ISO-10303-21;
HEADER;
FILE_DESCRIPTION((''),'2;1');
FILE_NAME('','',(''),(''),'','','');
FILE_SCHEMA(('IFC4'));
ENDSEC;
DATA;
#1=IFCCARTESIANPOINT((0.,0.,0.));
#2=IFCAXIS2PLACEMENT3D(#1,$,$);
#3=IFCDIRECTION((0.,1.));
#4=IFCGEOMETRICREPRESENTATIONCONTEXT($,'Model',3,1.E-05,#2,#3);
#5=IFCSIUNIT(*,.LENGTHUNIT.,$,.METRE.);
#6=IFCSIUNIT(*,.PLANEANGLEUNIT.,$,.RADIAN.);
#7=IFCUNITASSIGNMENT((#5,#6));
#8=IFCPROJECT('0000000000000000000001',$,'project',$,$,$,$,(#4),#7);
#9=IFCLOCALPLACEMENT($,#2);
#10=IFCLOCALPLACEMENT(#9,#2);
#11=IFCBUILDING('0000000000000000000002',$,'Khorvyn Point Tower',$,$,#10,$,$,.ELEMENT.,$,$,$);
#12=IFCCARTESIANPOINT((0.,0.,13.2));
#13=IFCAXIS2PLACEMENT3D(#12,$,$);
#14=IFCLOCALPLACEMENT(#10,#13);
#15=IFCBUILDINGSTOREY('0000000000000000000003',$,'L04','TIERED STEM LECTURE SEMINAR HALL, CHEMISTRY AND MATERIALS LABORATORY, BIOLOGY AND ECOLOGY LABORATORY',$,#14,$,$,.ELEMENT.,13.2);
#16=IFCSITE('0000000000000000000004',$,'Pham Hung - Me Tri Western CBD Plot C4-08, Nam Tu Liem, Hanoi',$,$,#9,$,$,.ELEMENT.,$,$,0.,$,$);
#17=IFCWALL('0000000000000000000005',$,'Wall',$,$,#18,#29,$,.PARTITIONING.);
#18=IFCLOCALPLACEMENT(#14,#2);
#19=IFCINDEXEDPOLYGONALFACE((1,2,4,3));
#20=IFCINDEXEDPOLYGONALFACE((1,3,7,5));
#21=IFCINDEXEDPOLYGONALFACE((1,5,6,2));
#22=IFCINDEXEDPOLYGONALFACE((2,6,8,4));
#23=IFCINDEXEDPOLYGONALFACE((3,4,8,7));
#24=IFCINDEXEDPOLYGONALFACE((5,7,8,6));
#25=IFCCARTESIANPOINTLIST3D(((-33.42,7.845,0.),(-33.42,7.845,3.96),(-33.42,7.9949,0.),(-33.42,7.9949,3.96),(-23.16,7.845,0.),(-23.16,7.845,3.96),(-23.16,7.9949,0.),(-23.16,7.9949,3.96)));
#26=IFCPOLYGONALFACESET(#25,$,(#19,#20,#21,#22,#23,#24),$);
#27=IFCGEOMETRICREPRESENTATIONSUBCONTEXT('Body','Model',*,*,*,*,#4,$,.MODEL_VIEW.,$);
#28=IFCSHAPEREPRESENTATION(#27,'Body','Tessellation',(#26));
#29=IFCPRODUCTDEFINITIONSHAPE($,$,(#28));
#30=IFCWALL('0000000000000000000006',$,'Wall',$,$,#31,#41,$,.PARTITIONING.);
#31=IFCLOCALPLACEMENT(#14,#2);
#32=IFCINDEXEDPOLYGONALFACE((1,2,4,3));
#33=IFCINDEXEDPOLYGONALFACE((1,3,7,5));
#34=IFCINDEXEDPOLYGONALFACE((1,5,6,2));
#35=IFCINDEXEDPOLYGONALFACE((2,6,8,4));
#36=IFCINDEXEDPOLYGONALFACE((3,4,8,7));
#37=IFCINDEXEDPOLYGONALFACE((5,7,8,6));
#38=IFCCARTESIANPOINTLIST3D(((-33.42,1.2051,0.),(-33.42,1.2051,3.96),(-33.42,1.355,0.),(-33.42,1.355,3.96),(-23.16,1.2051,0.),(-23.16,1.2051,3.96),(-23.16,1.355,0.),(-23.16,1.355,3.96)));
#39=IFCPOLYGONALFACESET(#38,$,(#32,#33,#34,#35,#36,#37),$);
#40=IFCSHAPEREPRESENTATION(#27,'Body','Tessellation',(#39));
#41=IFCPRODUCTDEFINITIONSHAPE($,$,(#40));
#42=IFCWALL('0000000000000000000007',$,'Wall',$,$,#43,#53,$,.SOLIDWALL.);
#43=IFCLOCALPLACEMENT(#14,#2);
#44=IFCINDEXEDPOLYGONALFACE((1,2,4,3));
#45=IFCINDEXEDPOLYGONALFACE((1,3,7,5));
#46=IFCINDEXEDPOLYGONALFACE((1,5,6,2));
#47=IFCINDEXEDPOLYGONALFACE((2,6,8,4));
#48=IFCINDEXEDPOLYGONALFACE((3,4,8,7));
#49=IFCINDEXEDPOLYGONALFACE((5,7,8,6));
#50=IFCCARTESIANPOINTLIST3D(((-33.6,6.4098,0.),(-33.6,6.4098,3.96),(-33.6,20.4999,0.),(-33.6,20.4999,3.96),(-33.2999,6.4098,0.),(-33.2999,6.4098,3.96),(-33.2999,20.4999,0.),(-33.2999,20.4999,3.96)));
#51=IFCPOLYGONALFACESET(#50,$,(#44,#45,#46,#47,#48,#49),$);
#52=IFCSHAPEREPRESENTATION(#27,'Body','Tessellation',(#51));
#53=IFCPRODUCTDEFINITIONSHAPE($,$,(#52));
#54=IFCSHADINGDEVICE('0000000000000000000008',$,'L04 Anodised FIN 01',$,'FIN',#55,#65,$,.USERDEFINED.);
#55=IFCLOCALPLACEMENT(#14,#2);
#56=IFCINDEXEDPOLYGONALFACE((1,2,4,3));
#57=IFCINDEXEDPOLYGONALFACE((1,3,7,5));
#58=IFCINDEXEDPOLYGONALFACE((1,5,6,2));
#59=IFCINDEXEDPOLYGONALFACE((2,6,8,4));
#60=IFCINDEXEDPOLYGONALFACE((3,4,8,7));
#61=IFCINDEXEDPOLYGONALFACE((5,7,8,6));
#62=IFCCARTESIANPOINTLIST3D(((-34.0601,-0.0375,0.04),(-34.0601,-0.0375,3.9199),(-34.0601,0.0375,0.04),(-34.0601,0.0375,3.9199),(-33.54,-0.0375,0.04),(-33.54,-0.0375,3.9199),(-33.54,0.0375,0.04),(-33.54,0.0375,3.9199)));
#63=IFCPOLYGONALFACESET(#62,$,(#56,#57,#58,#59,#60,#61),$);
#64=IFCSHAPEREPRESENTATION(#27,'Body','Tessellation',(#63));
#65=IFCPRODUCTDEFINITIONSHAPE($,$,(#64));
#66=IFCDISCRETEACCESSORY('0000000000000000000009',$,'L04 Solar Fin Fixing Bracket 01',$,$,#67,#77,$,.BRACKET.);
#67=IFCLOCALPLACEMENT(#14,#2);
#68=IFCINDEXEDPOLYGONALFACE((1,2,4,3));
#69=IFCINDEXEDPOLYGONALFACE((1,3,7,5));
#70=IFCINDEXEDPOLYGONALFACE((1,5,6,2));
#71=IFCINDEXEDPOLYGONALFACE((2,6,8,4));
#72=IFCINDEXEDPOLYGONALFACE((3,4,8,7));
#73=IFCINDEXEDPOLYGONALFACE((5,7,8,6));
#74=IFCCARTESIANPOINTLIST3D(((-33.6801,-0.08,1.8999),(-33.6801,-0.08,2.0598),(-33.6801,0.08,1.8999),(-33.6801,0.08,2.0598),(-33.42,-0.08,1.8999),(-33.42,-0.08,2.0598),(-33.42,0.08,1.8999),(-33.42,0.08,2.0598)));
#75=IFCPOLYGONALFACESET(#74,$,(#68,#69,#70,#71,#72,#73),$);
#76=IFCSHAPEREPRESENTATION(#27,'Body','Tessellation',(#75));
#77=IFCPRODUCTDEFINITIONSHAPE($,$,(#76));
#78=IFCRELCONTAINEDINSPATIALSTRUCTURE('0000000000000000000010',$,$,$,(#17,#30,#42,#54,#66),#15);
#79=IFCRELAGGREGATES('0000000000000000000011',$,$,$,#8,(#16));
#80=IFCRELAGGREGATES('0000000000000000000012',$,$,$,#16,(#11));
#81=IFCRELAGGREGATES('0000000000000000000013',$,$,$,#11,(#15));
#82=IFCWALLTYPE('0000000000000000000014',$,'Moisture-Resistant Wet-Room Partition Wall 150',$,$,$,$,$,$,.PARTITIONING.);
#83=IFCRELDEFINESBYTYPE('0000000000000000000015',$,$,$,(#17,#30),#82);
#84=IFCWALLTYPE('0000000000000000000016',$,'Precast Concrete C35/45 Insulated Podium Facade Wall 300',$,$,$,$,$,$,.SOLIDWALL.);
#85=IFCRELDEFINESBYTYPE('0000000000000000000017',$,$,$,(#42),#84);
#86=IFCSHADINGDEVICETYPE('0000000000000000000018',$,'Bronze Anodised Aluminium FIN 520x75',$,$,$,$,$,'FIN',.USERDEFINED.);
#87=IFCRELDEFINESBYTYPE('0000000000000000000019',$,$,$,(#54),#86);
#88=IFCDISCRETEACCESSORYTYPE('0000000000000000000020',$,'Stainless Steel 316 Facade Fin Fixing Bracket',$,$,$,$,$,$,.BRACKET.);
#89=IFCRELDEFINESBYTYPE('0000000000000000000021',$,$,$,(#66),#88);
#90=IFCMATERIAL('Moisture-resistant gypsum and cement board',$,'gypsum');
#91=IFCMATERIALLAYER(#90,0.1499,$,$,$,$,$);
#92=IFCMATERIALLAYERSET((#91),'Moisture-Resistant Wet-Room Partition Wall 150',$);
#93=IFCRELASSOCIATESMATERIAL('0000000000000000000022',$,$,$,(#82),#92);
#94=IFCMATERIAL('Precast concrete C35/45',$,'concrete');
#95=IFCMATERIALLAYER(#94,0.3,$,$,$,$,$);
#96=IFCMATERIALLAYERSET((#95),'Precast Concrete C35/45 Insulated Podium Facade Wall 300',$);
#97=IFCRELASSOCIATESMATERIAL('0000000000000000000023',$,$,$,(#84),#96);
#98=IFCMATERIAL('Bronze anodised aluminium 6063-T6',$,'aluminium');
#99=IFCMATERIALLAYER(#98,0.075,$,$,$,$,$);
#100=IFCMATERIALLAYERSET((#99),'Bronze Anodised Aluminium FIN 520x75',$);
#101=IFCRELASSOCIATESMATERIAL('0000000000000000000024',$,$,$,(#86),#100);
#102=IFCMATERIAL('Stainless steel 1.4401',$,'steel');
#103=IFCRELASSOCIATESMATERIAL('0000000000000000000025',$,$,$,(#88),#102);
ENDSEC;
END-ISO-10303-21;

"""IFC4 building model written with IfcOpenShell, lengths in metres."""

from ifc_helpers import new_model, si_unit, direction, frame, frame_2d, origin, origin_2d, place, context, subcontext, project, spatial, rectangle, extrude, material, layer, layer_set, type_object, element, save


model = new_model("IFC4")

# Units and contexts
model_context = context("Model", 3, precision=1e-05, world=origin(), true_north=direction((0.0, 1.0)))
body_context = subcontext(model_context, "Body", "Model", "MODEL_VIEW")
ifc_project = project(units=[si_unit("LENGTHUNIT", "METRE"), si_unit("PLANEANGLEUNIT", "RADIAN")], contexts=[model_context])

# Site, building, storey
site_placement = place(None, origin())
site = spatial("IfcSite", under=ifc_project, at=site_placement, Name="Pham Hung - Me Tri Western CBD Plot C4-08, Nam Tu Liem, Hanoi", CompositionType="ELEMENT", RefElevation=0.0)
building_placement = place(site_placement, origin())
building = spatial("IfcBuilding", under=site, at=building_placement, Name="Khorvyn Point Tower", CompositionType="ELEMENT")
storey_placement = place(building_placement, frame((0.0, 0.0, 13.2)))
storey = spatial("IfcBuildingStorey", under=building, at=storey_placement, Name="L04", Description="TIERED STEM LECTURE SEMINAR HALL, CHEMISTRY AND MATERIALS LABORATORY, BIOLOGY AND ECOLOGY LABORATORY", CompositionType="ELEMENT", Elevation=13.2)

# Walls
ifc_material_1 = material(Name="Moisture-resistant gypsum and cement board", Category="gypsum")
ifc_layer_1 = layer(ifc_material_1, 0.1499)
ifc_layer_set_1 = layer_set([ifc_layer_1], Name="Moisture-Resistant Wet-Room Partition Wall 150")
wall_type_1 = type_object("IfcWallType", Name="Moisture-Resistant Wet-Room Partition Wall 150", PredefinedType="PARTITIONING", material=ifc_layer_set_1)
for number, where, z_axis, x_axis, name in (
    (1, (-33.4199, 7.9199, 0.0), (0.0, 0.0, 1.0), (1.0, 0.0, 0.0), "Wall"),
    (2, (-33.4199, 1.28, 0.0), (0.0, 0.0, 1.0), (1.0, 0.0, 0.0), "Wall"),
):
    element("IfcWall", number, at=place(storey_placement, frame(where, z_axis=z_axis, x_axis=x_axis)), inside=storey, type_object=wall_type_1, Name=name, PredefinedType="PARTITIONING", context=body_context, shape_type="SweptSolid", body=[
        extrude(rectangle(XDim=10.26, YDim=0.1499, at=frame_2d((5.1299, 0.0))), origin(), (0.0, 0.0, 1.0), 3.96),
    ])
ifc_material_2 = material(Name="Precast concrete C35/45", Category="concrete")
ifc_layer_2 = layer(ifc_material_2, 0.3)
ifc_layer_set_2 = layer_set([ifc_layer_2], Name="Precast Concrete C35/45 Insulated Podium Facade Wall 300")
wall_type_2 = type_object("IfcWallType", Name="Precast Concrete C35/45 Insulated Podium Facade Wall 300", PredefinedType="SOLIDWALL", material=ifc_layer_set_2)
wall_1_placement = place(storey_placement, frame((-33.45, 6.4099, 0.0), z_axis=(0.0, 0.0, 1.0), x_axis=(0.0, 1.0, 0.0)))
element("IfcWall", 3, at=wall_1_placement, inside=storey, type_object=wall_type_2, Name="Wall", PredefinedType="SOLIDWALL", context=body_context, shape_type="SweptSolid", body=[
    extrude(rectangle(XDim=14.0901, YDim=0.3, at=frame_2d((7.0449, 0.0))), origin(), (0.0, 0.0, 1.0), 3.96),
])

# Shading device
ifc_material_3 = material(Name="Bronze anodised aluminium 6063-T6", Category="aluminium")
ifc_layer_3 = layer(ifc_material_3, 0.075)
ifc_layer_set_3 = layer_set([ifc_layer_3], Name="Bronze Anodised Aluminium FIN 520x75")
shading_device_type = type_object("IfcShadingDeviceType", Name="Bronze Anodised Aluminium FIN 520x75", ElementType="FIN", PredefinedType="USERDEFINED", material=ifc_layer_set_3)
shading_device_placement = place(storey_placement, frame((-33.8, 0.0, 0.04), z_axis=(0.0, 0.0, 1.0), x_axis=(-1.0, 0.0, 0.0)))
element("IfcShadingDevice", 4, at=shading_device_placement, inside=storey, type_object=shading_device_type, Name="L04 Anodised FIN 01", ObjectType="FIN", PredefinedType="USERDEFINED", context=body_context, shape_type="SweptSolid", body=[
    extrude(rectangle(XDim=0.52, YDim=0.075, at=origin_2d()), origin(), (0.0, 0.0, 1.0), 3.8799),
])

# Discrete accessory
ifc_material_4 = material(Name="Stainless steel 1.4401", Category="steel")
discrete_accessory_type = type_object("IfcDiscreteAccessoryType", Name="Stainless Steel 316 Facade Fin Fixing Bracket", PredefinedType="BRACKET", material=ifc_material_4)
discrete_accessory_placement = place(storey_placement, frame((-33.55, 0.0, 1.8999), z_axis=(0.0, 0.0, 1.0), x_axis=(0.0, 1.0, 0.0)))
element("IfcDiscreteAccessory", 5, at=discrete_accessory_placement, inside=storey, type_object=discrete_accessory_type, Name="L04 Solar Fin Fixing Bracket 01", PredefinedType="BRACKET", context=body_context, shape_type="SweptSolid", body=[
    extrude(rectangle(XDim=0.1599, YDim=0.26, at=origin_2d()), origin(), (0.0, 0.0, 1.0), 0.1599),
])

save(model, "model.ifc")
